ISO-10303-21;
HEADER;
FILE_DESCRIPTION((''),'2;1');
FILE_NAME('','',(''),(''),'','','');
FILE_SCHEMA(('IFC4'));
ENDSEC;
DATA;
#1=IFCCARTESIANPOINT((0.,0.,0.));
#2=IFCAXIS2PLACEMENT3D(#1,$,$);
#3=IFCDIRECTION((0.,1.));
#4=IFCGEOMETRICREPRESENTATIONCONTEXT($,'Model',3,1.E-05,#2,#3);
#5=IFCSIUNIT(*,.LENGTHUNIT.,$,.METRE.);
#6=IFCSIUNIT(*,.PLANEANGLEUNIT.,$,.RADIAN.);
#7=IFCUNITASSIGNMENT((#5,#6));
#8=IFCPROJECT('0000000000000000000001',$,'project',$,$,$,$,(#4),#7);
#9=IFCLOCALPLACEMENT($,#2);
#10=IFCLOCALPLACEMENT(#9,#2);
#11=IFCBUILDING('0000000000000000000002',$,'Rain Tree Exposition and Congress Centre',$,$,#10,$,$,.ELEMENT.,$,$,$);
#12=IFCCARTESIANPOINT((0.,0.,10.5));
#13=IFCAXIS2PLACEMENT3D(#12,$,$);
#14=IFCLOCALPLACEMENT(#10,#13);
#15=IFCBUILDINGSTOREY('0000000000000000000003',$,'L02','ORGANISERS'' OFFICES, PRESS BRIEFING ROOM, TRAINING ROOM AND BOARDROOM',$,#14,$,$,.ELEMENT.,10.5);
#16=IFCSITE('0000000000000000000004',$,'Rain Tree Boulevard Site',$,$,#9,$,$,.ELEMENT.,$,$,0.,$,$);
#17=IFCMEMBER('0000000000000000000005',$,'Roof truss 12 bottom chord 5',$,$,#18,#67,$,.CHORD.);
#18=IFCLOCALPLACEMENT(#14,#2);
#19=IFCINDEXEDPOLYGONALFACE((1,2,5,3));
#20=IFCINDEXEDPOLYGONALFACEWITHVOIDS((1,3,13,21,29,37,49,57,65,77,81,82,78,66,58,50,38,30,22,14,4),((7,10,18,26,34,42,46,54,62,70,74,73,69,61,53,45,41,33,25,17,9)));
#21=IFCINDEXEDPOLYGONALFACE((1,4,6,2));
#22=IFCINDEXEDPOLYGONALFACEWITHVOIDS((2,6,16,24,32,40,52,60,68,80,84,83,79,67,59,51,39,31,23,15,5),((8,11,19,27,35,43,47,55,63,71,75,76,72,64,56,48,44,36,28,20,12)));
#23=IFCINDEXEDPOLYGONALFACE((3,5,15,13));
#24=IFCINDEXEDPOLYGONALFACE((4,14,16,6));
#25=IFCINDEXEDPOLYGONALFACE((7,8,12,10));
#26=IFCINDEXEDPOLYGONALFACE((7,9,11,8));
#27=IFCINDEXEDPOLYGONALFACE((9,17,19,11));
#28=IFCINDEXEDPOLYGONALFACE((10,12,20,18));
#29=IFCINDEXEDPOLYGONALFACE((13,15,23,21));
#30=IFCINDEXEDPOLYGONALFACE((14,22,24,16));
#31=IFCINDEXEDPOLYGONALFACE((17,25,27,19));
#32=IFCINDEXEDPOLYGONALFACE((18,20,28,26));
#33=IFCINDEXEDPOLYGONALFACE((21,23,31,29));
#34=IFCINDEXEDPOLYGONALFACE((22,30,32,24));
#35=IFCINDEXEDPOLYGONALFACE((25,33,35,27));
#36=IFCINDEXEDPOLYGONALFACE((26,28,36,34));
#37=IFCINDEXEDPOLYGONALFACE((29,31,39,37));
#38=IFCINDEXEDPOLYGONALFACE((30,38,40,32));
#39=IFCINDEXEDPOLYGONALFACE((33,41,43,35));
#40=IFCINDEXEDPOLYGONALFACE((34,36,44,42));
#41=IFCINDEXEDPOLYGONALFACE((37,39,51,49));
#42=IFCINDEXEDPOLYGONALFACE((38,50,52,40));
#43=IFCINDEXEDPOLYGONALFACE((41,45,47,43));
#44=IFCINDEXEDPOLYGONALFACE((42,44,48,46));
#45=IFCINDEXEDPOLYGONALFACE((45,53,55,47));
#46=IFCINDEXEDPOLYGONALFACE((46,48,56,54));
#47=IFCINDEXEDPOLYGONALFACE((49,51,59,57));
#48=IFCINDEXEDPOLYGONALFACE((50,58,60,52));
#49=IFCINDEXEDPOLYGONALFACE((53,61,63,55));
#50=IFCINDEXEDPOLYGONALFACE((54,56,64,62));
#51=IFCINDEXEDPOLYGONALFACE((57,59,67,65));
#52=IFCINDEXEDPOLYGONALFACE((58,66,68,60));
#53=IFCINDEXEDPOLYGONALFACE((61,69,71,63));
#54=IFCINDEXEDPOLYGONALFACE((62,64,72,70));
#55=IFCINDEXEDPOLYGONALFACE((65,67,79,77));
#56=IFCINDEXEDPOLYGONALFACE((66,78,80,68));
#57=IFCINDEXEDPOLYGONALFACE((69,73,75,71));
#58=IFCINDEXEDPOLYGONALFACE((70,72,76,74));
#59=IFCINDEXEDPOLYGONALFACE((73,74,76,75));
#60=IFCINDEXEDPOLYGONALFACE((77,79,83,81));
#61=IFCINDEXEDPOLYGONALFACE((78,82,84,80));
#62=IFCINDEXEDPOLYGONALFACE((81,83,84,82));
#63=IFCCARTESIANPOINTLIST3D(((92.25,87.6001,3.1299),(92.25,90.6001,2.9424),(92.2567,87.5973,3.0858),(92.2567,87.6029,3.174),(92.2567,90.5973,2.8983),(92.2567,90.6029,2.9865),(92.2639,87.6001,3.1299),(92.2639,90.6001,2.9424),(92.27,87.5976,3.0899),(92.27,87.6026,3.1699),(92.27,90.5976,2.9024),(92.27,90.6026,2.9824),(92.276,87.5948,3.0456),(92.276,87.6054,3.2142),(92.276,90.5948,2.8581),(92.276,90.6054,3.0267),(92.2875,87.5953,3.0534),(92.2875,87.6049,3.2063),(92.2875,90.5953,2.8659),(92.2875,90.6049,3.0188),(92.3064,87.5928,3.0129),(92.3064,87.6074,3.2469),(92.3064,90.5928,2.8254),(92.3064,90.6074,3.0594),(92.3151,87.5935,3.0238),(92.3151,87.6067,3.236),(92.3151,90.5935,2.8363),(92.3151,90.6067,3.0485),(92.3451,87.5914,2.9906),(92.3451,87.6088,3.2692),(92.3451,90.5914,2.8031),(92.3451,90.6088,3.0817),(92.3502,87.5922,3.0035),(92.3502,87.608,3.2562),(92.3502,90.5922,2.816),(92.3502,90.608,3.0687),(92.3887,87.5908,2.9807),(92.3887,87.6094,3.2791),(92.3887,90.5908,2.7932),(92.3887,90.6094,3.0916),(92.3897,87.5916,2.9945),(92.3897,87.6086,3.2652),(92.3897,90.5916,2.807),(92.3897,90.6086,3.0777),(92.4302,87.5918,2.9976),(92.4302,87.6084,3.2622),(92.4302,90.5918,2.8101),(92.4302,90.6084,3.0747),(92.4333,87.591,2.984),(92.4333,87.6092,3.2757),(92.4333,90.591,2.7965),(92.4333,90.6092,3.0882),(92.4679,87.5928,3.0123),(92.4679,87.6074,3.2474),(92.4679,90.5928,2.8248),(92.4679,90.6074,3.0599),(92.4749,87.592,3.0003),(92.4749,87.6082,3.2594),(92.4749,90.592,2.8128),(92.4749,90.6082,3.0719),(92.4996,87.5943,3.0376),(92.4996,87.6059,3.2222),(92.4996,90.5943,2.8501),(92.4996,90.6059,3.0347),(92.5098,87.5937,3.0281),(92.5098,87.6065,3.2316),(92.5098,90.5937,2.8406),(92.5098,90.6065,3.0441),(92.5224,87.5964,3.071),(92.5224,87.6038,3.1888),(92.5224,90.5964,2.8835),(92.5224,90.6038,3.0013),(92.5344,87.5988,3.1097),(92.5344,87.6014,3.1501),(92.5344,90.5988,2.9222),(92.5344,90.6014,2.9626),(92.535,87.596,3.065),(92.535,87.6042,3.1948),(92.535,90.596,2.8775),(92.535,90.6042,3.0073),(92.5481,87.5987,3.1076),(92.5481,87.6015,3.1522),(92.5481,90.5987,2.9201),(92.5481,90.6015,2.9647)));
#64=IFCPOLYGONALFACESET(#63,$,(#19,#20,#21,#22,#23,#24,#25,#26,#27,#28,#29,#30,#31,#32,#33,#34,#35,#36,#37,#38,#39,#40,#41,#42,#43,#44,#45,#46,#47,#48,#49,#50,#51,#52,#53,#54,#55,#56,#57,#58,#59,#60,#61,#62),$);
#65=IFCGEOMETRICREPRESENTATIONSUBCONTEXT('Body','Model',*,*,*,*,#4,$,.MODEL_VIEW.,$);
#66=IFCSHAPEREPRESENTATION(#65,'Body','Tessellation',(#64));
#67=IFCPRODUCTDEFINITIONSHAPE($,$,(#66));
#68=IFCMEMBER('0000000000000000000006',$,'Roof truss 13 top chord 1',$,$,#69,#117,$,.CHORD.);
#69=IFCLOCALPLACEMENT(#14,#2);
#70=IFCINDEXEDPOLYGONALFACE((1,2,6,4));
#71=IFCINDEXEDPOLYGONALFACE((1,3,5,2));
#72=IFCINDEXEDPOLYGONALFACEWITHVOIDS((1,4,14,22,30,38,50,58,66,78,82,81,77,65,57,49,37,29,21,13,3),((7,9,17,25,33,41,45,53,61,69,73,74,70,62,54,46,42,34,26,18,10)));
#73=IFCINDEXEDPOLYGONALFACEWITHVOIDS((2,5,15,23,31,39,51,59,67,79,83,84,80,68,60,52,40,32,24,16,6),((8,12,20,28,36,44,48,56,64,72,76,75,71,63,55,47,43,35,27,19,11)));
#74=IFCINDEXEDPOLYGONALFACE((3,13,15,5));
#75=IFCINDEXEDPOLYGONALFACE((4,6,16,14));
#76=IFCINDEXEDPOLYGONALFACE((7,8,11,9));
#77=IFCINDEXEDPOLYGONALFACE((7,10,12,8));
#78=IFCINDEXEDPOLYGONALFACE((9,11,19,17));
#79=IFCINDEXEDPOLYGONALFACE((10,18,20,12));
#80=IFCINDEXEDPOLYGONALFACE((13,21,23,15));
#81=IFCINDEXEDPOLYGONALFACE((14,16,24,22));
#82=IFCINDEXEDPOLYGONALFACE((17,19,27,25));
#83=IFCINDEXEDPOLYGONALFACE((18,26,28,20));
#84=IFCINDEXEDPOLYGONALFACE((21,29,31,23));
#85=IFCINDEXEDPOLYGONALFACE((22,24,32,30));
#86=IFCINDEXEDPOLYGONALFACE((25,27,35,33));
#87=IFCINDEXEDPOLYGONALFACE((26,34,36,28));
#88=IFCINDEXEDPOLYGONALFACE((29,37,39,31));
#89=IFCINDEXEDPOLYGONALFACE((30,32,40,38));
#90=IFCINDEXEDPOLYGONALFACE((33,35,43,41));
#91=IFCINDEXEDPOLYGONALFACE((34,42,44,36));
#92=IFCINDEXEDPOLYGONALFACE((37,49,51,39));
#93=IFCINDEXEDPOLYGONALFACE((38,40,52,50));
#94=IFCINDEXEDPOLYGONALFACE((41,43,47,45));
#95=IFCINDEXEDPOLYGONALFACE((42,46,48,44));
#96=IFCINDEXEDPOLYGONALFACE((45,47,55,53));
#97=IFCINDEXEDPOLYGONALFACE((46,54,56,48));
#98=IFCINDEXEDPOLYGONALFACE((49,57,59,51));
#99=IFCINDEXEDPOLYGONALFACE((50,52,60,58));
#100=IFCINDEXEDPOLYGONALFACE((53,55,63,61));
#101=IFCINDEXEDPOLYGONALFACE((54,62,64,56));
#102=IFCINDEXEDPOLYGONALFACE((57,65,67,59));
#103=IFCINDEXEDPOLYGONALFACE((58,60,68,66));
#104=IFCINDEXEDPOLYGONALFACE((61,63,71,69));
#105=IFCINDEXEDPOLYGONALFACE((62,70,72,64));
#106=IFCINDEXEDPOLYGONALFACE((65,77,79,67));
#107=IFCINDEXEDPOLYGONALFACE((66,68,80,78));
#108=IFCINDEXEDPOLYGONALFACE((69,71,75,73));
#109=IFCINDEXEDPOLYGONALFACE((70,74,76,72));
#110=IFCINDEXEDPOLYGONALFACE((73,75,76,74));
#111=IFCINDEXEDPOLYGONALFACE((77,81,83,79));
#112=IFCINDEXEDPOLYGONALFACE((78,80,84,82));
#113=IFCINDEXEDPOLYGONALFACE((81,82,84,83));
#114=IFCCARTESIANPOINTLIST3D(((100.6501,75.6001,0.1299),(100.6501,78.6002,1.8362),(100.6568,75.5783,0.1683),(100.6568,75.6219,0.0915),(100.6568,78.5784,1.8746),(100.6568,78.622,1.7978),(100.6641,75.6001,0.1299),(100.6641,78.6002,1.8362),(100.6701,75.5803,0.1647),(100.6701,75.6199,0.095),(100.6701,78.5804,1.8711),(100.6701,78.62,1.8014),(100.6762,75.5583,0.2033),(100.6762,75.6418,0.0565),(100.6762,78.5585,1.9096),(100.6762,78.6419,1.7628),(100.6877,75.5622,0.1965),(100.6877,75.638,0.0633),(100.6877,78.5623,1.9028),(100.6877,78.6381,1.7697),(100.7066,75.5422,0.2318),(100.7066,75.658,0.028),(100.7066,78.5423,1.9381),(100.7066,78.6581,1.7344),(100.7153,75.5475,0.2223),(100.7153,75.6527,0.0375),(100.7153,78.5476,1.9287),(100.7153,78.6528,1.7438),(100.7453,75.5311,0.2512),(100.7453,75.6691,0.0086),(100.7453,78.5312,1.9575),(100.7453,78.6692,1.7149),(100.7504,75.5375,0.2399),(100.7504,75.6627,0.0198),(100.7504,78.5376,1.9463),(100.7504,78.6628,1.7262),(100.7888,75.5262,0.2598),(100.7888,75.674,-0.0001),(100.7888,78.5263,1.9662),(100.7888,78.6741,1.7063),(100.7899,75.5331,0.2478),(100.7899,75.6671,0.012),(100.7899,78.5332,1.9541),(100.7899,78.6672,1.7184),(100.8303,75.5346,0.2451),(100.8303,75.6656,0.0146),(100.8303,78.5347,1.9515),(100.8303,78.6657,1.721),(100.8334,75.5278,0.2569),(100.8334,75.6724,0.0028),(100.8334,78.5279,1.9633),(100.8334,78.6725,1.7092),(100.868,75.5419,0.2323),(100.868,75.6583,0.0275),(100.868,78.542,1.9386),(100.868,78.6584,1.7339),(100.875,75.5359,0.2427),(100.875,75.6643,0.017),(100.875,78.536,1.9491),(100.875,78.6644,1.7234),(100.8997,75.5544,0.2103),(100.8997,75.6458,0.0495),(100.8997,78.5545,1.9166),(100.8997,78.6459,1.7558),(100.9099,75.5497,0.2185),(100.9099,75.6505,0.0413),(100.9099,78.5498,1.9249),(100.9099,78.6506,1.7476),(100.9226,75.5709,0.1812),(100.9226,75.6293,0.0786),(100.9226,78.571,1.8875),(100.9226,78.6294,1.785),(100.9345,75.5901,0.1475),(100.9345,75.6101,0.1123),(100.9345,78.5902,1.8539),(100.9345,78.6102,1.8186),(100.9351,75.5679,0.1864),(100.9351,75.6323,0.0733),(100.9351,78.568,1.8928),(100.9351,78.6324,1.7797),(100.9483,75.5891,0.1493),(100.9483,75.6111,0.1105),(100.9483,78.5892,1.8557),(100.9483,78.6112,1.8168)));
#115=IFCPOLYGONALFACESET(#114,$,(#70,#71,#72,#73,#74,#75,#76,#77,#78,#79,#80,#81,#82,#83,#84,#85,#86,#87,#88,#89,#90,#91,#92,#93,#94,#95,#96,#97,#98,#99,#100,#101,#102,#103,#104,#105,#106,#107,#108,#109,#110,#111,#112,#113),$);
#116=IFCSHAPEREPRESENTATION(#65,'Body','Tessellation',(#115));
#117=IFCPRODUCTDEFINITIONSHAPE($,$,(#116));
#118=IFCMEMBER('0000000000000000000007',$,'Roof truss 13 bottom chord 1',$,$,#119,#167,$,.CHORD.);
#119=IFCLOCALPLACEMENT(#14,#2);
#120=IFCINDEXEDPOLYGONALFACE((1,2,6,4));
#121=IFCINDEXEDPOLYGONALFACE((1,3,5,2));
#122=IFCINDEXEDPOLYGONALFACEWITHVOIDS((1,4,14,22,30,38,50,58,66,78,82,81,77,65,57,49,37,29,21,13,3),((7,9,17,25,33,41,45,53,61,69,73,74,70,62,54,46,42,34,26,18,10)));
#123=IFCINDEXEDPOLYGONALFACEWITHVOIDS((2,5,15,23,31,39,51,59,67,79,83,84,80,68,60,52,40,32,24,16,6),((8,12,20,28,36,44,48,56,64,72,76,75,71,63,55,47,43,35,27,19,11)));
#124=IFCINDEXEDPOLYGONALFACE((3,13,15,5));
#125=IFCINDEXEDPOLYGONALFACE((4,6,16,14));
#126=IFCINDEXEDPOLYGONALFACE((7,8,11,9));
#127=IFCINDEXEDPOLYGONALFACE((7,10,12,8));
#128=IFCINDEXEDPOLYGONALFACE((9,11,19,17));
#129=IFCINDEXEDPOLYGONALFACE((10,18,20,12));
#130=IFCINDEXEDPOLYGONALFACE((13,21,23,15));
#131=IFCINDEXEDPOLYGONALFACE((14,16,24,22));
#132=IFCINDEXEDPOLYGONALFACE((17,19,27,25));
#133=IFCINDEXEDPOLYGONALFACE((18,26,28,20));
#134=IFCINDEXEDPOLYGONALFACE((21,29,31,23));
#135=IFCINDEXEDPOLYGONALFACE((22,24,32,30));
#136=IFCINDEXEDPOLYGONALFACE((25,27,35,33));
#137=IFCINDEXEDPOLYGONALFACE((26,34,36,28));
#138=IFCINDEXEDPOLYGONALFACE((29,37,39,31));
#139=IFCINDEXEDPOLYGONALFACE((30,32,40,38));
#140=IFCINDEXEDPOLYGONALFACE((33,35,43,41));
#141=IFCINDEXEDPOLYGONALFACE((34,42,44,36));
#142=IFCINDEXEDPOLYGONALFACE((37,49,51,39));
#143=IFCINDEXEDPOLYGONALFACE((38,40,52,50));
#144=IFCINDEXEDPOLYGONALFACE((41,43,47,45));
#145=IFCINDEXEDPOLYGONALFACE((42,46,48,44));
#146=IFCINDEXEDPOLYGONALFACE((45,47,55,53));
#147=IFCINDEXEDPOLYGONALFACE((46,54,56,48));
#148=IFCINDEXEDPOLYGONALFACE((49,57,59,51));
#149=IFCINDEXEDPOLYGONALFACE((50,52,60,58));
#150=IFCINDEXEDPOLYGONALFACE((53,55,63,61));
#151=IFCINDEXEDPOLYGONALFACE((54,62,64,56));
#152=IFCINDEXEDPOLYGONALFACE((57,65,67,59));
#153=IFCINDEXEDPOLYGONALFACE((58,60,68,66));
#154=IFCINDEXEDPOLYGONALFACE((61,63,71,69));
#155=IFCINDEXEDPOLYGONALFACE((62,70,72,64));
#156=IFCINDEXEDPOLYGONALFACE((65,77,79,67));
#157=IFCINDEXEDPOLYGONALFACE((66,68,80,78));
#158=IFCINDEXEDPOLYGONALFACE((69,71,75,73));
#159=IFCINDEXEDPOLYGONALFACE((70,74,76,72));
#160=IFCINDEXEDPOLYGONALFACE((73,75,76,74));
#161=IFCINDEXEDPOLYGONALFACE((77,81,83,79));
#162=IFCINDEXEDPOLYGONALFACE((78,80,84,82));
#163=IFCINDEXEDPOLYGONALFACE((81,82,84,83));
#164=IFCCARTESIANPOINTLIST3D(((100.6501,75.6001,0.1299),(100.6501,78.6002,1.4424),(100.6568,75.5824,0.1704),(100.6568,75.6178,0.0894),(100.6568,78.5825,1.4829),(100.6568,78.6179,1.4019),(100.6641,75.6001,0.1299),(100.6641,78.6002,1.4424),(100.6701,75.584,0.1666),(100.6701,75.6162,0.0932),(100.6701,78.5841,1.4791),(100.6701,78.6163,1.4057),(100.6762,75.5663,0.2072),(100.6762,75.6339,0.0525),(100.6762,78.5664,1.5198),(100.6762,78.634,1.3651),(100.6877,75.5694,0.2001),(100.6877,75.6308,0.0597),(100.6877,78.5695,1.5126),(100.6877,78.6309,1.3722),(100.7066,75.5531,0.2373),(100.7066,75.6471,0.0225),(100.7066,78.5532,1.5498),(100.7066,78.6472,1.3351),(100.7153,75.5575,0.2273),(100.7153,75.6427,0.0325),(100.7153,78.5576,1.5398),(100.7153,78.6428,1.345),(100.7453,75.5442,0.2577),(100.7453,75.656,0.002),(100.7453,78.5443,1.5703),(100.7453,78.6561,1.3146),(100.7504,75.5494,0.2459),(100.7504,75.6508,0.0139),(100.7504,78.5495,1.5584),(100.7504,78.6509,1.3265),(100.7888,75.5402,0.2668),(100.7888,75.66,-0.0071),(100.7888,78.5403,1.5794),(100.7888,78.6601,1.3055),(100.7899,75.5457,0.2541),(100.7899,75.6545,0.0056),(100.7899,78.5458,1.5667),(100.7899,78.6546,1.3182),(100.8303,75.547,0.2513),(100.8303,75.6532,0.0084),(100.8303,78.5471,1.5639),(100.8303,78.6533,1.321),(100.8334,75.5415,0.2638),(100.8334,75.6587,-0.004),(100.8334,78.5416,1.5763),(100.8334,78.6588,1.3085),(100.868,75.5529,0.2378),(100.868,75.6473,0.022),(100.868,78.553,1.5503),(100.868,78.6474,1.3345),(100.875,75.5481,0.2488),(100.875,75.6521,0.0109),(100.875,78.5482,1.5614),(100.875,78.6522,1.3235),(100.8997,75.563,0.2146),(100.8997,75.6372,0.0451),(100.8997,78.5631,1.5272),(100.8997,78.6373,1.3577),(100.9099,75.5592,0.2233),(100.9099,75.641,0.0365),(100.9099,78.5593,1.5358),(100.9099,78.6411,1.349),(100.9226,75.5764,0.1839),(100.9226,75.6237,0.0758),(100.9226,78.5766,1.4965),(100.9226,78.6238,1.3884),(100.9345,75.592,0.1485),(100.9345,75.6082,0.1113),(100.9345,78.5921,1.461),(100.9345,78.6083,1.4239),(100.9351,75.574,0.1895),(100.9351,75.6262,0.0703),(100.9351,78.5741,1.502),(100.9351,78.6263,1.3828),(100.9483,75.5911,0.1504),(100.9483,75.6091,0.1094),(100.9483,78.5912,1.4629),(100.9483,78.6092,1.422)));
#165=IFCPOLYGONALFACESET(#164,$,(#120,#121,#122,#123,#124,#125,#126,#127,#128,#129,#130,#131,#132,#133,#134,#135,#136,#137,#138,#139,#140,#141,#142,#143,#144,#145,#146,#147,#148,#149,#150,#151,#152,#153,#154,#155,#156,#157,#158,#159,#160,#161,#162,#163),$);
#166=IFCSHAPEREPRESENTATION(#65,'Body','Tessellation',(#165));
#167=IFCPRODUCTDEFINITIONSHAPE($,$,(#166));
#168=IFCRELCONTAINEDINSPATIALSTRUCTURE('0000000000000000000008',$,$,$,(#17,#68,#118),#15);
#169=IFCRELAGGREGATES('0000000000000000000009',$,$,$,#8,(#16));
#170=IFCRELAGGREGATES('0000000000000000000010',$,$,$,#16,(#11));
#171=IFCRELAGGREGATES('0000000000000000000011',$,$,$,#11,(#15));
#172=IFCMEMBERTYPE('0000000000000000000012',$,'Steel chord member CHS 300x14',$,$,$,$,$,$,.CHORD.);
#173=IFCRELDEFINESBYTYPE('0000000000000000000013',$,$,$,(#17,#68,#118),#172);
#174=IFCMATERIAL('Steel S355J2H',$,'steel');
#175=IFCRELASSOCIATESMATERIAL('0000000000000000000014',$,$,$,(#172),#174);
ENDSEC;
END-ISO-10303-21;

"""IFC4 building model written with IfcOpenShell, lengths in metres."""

from ifc_helpers import new_model, si_unit, direction, frame, origin, origin_2d, place, context, subcontext, project, spatial, hollow_circle, extrude, material, material_profile, profile_set, type_object, element, save


model = new_model("IFC4")

# Units and contexts
model_context = context("Model", 3, precision=1e-05, world=origin(), true_north=direction((0.0, 1.0)))
body_context = subcontext(model_context, "Body", "Model", "MODEL_VIEW")
ifc_project = project(units=[si_unit("LENGTHUNIT", "METRE"), si_unit("PLANEANGLEUNIT", "RADIAN")], contexts=[model_context])

# Site, building, storey
site_placement = place(None, origin())
site = spatial("IfcSite", under=ifc_project, at=site_placement, Name="Rain Tree Boulevard Site", CompositionType="ELEMENT", RefElevation=0.0)
building_placement = place(site_placement, origin())
building = spatial("IfcBuilding", under=site, at=building_placement, Name="Rain Tree Exposition and Congress Centre", CompositionType="ELEMENT")
storey_placement = place(building_placement, frame((0.0, 0.0, 10.5)))
storey = spatial("IfcBuildingStorey", under=building, at=storey_placement, Name="L02", Description="ORGANISERS' OFFICES, PRESS BRIEFING ROOM, TRAINING ROOM AND BOARDROOM", CompositionType="ELEMENT", Elevation=10.5)

# Members
ifc_material_1 = material(Name="Steel S355J2H", Category="steel")
ifc_material_profile_1 = material_profile(ifc_material_1, hollow_circle(Radius=0.1499, WallThickness=0.0139, at=origin_2d()), Name="CHS 300x14")
ifc_profile_set_1 = profile_set([ifc_material_profile_1], Name="Steel S355J2H")
member_type_1 = type_object("IfcMemberType", Name="Steel chord member CHS 300x14", PredefinedType="CHORD", material=ifc_profile_set_1)
member_1_placement = place(storey_placement, frame((92.3999, 87.6001, 3.1299), z_axis=(0.0, 0.998053, -0.062378), x_axis=(-1.0, 0.0, 0.0)))
element("IfcMember", 1, at=member_1_placement, inside=storey, type_object=member_type_1, Name="Roof truss 12 bottom chord 5", PredefinedType="CHORD", context=body_context, shape_type="SweptSolid", body=[
    extrude(hollow_circle(Radius=0.1499, WallThickness=0.0139, at=origin_2d()), origin(), (0.0, 0.0, 1.0), 3.0059),
])
member_2_placement = place(storey_placement, frame((100.8, 75.6001, 0.1299), z_axis=(0.0, 0.869238, 0.494393), x_axis=(-1.0, 0.0, 0.0)))
element("IfcMember", 2, at=member_2_placement, inside=storey, type_object=member_type_1, Name="Roof truss 13 top chord 1", PredefinedType="CHORD", context=body_context, shape_type="SweptSolid", body=[
    extrude(hollow_circle(Radius=0.1499, WallThickness=0.0139, at=origin_2d()), origin(), (0.0, 0.0, 1.0), 3.4514),
])
member_3_placement = place(storey_placement, frame((100.8, 75.6001, 0.1299), z_axis=(0.0, 0.916157, 0.400819), x_axis=(-1.0, 0.0, 0.0)))
element("IfcMember", 3, at=member_3_placement, inside=storey, type_object=member_type_1, Name="Roof truss 13 bottom chord 1", PredefinedType="CHORD", context=body_context, shape_type="SweptSolid", body=[
    extrude(hollow_circle(Radius=0.1499, WallThickness=0.0139, at=origin_2d()), origin(), (0.0, 0.0, 1.0), 3.2747),
])

save(model, "model.ifc")
